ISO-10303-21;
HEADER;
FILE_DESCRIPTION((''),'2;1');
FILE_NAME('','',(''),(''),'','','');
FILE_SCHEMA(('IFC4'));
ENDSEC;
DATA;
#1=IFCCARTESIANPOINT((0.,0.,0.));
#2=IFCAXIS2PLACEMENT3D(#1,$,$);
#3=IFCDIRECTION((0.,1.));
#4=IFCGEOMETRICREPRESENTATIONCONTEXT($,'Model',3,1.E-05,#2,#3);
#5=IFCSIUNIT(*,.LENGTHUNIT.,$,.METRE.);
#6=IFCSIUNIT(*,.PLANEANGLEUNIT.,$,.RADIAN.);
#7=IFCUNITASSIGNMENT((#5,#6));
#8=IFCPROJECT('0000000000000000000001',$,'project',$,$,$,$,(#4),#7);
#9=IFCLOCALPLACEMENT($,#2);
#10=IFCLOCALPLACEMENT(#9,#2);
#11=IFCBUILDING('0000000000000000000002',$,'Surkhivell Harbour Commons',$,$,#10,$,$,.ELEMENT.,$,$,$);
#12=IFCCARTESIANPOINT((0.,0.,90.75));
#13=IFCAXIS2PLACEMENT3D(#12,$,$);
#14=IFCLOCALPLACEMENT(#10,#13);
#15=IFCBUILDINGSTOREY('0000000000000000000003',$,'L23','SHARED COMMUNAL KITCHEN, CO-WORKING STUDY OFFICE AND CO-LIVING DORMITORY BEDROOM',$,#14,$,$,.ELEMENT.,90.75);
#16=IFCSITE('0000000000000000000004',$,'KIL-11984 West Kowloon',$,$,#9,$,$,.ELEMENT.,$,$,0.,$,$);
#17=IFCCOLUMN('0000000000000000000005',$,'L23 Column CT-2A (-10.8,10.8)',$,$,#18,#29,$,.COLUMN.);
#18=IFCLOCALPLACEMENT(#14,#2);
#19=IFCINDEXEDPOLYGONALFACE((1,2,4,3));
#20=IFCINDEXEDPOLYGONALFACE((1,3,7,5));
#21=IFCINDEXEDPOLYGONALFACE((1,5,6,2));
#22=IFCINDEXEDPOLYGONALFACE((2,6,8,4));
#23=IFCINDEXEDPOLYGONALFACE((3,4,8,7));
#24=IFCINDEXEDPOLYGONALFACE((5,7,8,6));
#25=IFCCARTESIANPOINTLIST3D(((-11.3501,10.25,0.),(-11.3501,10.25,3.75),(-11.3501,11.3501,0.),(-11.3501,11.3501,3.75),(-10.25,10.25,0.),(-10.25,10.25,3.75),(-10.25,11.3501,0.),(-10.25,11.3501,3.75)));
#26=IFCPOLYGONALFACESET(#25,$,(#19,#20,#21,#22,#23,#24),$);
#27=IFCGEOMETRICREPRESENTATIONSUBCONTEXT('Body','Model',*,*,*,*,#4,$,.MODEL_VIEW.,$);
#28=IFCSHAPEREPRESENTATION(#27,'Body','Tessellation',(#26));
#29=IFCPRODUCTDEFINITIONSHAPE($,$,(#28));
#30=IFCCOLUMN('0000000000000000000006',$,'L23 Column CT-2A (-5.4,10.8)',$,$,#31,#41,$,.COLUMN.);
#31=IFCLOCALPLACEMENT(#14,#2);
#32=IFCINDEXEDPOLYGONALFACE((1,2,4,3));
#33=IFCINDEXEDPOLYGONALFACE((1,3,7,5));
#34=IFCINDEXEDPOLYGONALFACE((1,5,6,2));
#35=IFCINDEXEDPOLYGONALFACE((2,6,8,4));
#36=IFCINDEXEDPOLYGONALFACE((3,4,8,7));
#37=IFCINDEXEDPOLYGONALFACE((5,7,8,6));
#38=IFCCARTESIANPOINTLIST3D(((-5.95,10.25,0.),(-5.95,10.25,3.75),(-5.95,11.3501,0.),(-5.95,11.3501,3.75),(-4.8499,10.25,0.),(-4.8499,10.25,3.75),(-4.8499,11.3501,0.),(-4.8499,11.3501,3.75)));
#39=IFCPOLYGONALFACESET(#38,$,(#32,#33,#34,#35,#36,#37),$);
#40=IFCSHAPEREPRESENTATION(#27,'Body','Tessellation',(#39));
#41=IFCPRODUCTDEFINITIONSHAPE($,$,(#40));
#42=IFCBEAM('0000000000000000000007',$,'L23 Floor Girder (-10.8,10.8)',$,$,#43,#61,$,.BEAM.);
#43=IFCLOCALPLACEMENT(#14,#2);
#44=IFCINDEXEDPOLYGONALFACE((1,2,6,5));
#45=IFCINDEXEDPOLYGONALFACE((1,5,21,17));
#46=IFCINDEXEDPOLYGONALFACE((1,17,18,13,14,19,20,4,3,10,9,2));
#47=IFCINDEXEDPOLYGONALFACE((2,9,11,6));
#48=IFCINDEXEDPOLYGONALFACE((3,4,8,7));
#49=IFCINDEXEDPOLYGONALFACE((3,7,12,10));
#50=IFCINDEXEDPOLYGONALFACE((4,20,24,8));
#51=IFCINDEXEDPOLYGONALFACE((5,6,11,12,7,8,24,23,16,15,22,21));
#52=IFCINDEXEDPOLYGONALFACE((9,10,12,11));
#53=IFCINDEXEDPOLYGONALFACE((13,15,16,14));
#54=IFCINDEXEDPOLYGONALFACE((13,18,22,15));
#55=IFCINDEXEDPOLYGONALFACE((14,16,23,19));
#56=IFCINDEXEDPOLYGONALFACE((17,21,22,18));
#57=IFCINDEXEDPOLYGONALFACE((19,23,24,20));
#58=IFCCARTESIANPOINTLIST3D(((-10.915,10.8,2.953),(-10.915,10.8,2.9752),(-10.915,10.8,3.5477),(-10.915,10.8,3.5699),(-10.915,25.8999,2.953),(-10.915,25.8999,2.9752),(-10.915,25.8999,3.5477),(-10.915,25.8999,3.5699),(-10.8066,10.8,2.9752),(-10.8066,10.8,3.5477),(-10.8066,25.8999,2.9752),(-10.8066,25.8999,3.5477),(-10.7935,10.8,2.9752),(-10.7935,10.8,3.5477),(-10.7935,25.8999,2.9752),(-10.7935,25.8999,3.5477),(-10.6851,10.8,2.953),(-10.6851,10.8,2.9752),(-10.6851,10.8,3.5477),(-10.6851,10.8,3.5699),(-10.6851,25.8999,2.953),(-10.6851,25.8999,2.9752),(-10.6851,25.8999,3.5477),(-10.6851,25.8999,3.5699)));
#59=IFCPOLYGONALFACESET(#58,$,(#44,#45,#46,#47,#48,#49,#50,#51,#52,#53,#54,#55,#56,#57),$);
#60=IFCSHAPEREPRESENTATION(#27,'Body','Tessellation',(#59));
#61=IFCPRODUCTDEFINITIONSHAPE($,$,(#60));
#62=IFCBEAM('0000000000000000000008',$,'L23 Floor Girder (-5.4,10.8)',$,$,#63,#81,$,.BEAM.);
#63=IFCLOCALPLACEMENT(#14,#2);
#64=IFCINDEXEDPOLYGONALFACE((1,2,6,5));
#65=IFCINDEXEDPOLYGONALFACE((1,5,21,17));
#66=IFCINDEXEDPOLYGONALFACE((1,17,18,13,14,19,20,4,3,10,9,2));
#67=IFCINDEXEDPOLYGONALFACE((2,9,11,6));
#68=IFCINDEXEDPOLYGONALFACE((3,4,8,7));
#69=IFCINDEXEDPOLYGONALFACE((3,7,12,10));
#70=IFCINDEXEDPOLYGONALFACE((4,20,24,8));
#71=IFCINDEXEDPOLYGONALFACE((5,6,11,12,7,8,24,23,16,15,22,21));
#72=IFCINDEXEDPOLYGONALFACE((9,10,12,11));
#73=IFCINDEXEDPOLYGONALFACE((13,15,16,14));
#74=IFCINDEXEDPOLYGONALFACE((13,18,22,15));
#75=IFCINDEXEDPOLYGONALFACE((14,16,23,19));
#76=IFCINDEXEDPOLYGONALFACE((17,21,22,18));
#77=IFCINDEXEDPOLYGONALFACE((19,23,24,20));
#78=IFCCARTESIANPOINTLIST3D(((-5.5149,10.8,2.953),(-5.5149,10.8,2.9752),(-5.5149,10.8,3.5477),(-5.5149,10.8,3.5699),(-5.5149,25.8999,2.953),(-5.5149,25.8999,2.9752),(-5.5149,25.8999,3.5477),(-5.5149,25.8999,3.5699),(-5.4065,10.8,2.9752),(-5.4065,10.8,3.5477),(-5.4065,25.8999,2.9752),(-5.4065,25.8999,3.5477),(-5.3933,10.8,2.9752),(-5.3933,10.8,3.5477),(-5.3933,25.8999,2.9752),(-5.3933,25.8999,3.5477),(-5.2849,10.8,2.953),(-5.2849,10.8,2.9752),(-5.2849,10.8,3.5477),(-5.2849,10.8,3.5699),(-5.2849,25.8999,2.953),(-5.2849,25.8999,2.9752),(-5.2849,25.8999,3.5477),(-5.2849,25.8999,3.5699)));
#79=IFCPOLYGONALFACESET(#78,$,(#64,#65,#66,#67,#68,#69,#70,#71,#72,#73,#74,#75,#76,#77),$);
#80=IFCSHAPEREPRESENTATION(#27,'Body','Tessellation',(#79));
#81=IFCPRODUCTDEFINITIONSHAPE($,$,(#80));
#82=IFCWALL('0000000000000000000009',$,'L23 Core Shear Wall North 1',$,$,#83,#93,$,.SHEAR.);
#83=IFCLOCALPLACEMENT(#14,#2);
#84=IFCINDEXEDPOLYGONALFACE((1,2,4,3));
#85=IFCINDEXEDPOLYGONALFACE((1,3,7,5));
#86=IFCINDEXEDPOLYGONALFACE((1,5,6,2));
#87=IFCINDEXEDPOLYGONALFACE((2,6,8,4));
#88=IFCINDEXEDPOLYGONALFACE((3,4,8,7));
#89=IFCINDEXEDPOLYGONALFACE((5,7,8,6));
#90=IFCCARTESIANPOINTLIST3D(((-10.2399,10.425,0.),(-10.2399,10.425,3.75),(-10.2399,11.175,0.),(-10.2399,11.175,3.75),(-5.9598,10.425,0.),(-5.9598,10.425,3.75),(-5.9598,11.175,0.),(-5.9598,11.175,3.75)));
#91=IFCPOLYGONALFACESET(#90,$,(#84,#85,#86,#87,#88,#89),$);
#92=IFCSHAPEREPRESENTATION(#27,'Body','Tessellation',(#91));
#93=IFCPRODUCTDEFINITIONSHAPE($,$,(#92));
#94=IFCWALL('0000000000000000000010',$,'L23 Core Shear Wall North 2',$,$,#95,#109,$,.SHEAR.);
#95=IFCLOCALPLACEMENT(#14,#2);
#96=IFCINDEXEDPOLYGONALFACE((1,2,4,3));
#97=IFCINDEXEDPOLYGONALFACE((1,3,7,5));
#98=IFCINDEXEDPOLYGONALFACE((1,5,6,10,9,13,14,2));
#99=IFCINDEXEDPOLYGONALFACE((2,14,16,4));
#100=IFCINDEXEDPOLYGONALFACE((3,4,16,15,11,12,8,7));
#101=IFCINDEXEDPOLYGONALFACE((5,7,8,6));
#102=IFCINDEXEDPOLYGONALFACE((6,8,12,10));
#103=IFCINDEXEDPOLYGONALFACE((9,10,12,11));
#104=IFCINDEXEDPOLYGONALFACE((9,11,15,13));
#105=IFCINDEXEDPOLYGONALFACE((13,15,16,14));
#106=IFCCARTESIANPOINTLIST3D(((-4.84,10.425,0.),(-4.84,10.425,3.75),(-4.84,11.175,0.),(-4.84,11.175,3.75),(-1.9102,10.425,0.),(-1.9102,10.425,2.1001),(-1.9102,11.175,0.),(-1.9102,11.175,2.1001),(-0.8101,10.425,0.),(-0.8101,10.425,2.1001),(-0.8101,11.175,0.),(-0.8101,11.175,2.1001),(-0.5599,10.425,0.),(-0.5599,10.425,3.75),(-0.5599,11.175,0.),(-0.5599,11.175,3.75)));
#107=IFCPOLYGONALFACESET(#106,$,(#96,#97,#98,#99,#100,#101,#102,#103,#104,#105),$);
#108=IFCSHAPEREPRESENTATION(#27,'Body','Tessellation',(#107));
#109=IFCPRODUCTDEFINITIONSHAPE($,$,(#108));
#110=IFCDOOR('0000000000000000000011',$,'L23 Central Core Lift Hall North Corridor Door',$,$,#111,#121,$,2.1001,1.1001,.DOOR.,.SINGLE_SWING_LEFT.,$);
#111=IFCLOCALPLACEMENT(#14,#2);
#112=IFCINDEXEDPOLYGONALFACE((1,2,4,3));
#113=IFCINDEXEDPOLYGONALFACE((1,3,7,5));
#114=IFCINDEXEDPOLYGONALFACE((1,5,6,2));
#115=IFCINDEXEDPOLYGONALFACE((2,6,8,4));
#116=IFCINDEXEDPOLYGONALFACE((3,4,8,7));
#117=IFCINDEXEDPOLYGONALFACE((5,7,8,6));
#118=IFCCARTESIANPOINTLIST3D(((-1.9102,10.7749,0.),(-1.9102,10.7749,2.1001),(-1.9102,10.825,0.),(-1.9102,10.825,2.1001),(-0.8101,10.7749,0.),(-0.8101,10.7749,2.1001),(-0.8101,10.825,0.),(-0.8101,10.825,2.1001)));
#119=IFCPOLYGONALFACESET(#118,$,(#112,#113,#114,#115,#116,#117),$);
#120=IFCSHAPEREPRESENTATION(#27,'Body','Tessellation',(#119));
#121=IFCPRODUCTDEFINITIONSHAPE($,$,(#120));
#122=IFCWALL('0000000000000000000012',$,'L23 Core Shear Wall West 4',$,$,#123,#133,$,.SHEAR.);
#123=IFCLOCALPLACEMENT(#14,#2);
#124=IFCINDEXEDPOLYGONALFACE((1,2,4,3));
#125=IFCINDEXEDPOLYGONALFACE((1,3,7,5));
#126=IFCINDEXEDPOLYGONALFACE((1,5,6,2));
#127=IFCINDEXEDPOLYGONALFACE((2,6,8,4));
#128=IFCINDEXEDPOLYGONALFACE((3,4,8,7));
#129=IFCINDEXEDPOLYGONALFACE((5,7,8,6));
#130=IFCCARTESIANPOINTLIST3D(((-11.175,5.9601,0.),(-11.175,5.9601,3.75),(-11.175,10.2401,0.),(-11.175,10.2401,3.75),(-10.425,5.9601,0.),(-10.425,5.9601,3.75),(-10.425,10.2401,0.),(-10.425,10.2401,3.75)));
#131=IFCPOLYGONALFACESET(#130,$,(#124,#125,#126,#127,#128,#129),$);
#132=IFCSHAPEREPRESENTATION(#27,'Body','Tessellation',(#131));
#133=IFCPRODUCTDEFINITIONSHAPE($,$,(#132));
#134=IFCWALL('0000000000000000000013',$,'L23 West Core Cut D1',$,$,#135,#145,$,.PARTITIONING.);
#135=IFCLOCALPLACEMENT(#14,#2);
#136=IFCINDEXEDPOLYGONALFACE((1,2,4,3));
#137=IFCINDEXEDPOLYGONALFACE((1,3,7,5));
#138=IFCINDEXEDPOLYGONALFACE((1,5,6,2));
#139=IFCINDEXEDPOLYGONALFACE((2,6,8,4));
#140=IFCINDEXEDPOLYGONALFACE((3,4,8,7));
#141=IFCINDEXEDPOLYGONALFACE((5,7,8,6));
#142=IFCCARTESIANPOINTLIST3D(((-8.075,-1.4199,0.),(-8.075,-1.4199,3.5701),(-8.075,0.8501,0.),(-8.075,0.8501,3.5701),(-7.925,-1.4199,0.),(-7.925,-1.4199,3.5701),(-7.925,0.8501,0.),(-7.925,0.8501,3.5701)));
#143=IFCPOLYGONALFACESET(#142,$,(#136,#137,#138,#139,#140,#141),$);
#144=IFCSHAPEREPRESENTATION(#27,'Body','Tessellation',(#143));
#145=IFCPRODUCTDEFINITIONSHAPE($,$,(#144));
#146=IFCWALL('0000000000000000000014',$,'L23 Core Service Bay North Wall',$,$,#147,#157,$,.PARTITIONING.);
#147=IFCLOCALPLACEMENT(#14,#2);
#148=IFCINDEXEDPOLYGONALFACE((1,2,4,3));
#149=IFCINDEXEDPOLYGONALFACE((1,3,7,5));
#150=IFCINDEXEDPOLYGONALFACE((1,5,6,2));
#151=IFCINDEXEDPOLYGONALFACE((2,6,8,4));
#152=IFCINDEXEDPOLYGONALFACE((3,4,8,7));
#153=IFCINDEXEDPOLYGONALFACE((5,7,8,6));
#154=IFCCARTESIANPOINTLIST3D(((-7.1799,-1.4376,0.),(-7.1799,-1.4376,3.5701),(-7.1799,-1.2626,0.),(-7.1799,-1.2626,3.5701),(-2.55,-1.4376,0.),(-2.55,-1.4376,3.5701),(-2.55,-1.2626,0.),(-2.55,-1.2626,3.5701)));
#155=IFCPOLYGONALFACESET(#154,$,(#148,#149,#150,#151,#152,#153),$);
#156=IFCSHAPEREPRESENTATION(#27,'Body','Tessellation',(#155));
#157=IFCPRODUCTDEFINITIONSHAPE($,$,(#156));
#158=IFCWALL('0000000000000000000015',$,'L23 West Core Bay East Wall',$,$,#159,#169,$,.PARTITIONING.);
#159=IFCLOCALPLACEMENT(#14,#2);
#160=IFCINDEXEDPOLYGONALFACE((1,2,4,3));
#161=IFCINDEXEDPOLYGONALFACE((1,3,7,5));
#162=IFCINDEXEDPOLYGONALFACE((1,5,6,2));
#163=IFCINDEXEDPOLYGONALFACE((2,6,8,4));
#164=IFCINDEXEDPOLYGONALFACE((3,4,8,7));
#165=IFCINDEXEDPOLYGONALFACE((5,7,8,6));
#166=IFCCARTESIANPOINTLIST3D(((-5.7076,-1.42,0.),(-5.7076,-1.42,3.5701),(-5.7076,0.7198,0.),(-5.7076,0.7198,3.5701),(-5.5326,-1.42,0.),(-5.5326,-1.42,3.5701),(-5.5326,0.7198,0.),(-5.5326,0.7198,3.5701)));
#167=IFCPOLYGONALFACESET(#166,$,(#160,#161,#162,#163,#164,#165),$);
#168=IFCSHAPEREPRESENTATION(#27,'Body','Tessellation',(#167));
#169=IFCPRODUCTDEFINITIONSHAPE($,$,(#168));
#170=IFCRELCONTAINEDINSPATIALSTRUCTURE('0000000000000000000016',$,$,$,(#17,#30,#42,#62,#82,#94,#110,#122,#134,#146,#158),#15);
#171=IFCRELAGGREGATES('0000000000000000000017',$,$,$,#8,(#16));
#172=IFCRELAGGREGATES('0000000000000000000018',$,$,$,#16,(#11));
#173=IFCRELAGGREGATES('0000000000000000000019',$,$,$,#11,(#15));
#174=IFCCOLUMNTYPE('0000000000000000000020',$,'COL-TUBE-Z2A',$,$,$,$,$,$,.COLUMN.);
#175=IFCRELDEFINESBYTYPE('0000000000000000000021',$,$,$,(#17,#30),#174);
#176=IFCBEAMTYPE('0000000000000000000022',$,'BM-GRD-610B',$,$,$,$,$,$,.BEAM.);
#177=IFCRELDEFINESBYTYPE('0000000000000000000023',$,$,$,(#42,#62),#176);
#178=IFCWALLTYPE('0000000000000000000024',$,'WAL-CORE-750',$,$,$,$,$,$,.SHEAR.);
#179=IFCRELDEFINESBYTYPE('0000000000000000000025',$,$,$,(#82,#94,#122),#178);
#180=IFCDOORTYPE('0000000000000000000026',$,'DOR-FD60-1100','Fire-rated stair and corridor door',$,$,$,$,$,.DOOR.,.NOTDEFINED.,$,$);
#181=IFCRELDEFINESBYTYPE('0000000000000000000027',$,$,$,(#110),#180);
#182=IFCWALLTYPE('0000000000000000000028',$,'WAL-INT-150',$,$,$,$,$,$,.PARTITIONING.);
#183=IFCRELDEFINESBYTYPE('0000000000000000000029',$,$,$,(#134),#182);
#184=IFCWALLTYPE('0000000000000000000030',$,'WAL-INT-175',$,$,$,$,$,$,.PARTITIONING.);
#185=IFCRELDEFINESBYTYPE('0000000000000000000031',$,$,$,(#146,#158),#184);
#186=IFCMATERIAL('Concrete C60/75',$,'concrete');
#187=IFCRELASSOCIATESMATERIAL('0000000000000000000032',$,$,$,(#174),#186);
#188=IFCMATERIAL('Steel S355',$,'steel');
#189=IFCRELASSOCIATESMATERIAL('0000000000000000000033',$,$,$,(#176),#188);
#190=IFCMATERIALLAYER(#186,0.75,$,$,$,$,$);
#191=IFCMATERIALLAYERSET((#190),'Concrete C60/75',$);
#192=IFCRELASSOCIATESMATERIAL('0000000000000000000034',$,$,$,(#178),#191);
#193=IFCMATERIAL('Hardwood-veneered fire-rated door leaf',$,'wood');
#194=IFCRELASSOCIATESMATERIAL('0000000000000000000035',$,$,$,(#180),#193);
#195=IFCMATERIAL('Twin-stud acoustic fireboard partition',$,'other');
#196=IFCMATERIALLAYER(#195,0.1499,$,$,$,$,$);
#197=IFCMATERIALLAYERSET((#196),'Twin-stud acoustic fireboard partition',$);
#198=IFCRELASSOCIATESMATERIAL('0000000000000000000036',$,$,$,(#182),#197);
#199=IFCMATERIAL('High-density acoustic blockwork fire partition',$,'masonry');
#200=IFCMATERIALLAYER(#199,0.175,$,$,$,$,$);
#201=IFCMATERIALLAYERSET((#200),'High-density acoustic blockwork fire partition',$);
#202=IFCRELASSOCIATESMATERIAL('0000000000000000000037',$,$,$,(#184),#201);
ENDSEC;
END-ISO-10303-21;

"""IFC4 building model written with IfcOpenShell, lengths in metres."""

from ifc_helpers import new_model, si_unit, direction, frame, frame_2d, origin, origin_2d, place, context, subcontext, project, spatial, rectangle, i_section, extrude, material, layer, layer_set, material_profile, profile_set, type_object, element, fill, save


model = new_model("IFC4")

# Units and contexts
model_context = context("Model", 3, precision=1e-05, world=origin(), true_north=direction((0.0, 1.0)))
body_context = subcontext(model_context, "Body", "Model", "MODEL_VIEW")
ifc_project = project(units=[si_unit("LENGTHUNIT", "METRE"), si_unit("PLANEANGLEUNIT", "RADIAN")], contexts=[model_context])

# Site, building, storey
site_placement = place(None, origin())
site = spatial("IfcSite", under=ifc_project, at=site_placement, Name="KIL-11984 West Kowloon", CompositionType="ELEMENT", RefElevation=0.0)
building_placement = place(site_placement, origin())
building = spatial("IfcBuilding", under=site, at=building_placement, Name="Surkhivell Harbour Commons", CompositionType="ELEMENT")
storey_placement = place(building_placement, frame((0.0, 0.0, 90.75)))
storey = spatial("IfcBuildingStorey", under=building, at=storey_placement, Name="L23", Description="SHARED COMMUNAL KITCHEN, CO-WORKING STUDY OFFICE AND CO-LIVING DORMITORY BEDROOM", CompositionType="ELEMENT", Elevation=90.75)

# Columns
ifc_material_1 = material(Name="Concrete C60/75", Category="concrete")
ifc_material_profile_1 = material_profile(ifc_material_1, rectangle(XDim=1.1001, YDim=1.1001, at=origin_2d()), Name="RC-COL-1100x1100")
ifc_profile_set_1 = profile_set([ifc_material_profile_1], Name="Concrete C60/75")
column_type = type_object("IfcColumnType", Name="COL-TUBE-Z2A", PredefinedType="COLUMN", material=ifc_profile_set_1)
for number, where, z_axis, x_axis, name in (
    (1, (-10.8, 10.8, 0.0), (0.0, 0.0, 1.0), (1.0, 0.0, 0.0), "L23 Column CT-2A (-10.8,10.8)"),
    (2, (-5.3999, 10.8, 0.0), (0.0, 0.0, 1.0), (1.0, 0.0, 0.0), "L23 Column CT-2A (-5.4,10.8)"),
):
    element("IfcColumn", number, at=place(storey_placement, frame(where, z_axis=z_axis, x_axis=x_axis)), inside=storey, type_object=column_type, Name=name, PredefinedType="COLUMN", context=body_context, shape_type="SweptSolid", body=[
        extrude(rectangle(XDim=1.1001, YDim=1.1001, at=origin_2d()), origin(), (0.0, 0.0, 1.0), 3.75),
    ])

# Beams
ifc_material_2 = material(Name="Steel S355", Category="steel")
ifc_material_profile_2 = material_profile(ifc_material_2, i_section(OverallWidth=0.23, OverallDepth=0.6169, WebThickness=0.0132, FlangeThickness=0.0222, at=origin_2d()), Name="UB610x229x140")
ifc_profile_set_2 = profile_set([ifc_material_profile_2], Name="Steel S355")
beam_type = type_object("IfcBeamType", Name="BM-GRD-610B", PredefinedType="BEAM", material=ifc_profile_set_2)
for number, where, z_axis, x_axis, name in (
    (3, (-10.8, 10.8, 3.2615), (0.0, 1.0, 0.0), (-1.0, 0.0, 0.0), "L23 Floor Girder (-10.8,10.8)"),
    (4, (-5.3999, 10.8, 3.2615), (0.0, 1.0, 0.0), (-1.0, 0.0, 0.0), "L23 Floor Girder (-5.4,10.8)"),
):
    element("IfcBeam", number, at=place(storey_placement, frame(where, z_axis=z_axis, x_axis=x_axis)), inside=storey, type_object=beam_type, Name=name, PredefinedType="BEAM", context=body_context, shape_type="SweptSolid", body=[
        extrude(i_section(OverallWidth=0.23, OverallDepth=0.6169, WebThickness=0.0132, FlangeThickness=0.0222, at=origin_2d()), origin(), (0.0, 0.0, 1.0), 15.0999),
    ])

# Wall
ifc_layer_1 = layer(ifc_material_1, 0.75)
ifc_layer_set_1 = layer_set([ifc_layer_1], Name="Concrete C60/75")
wall_type_1 = type_object("IfcWallType", Name="WAL-CORE-750", PredefinedType="SHEAR", material=ifc_layer_set_1)
wall_1_placement = place(storey_placement, frame((-10.24, 10.8, 0.0), z_axis=(0.0, 0.0, 1.0), x_axis=(1.0, 0.0, 0.0)))
element("IfcWall", 5, at=wall_1_placement, inside=storey, type_object=wall_type_1, Name="L23 Core Shear Wall North 1", PredefinedType="SHEAR", context=body_context, shape_type="SweptSolid", body=[
    extrude(rectangle(XDim=4.28, YDim=0.75, at=frame_2d((2.1401, 0.0))), origin(), (0.0, 0.0, 1.0), 3.75),
])

# Wall, opening, door
wall_2_placement = place(storey_placement, frame((-4.8401, 10.8, 0.0), z_axis=(0.0, 0.0, 1.0), x_axis=(1.0, 0.0, 0.0)))
wall_2 = element("IfcWall", 6, at=wall_2_placement, inside=storey, type_object=wall_type_1, Name="L23 Core Shear Wall North 2", PredefinedType="SHEAR", context=body_context, shape_type="SweptSolid", body=[
    extrude(rectangle(XDim=4.28, YDim=0.75, at=frame_2d((2.1401, 0.0))), origin(), (0.0, 0.0, 1.0), 3.75),
])
opening_1_placement = place(wall_2_placement, frame((2.9299, 0.0, 0.0)))
opening_1 = element("IfcOpeningElement", 7, at=opening_1_placement, cuts=wall_2, PredefinedType="OPENING", context=body_context, shape_type="SweptSolid", body=[
    extrude(rectangle(XDim=1.1001, YDim=2.1001, at=frame_2d((0.55, 1.05))), frame((0.0, 0.385, 0.0), z_axis=(0.0, -1.0, 0.0), x_axis=(1.0, 0.0, 0.0)), (0.0, 0.0, 1.0), 0.77),
])
ifc_material_3 = material(Name="Hardwood-veneered fire-rated door leaf", Category="wood")
door_type_1 = type_object("IfcDoorType", Name="DOR-FD60-1100", Description="Fire-rated stair and corridor door", OperationType="NOTDEFINED", PredefinedType="DOOR", material=ifc_material_3)
door_1_placement = place(opening_1_placement, origin())
door_1 = element("IfcDoor", 8, at=door_1_placement, inside=storey, type_object=door_type_1, Name="L23 Central Core Lift Hall North Corridor Door", OperationType="SINGLE_SWING_LEFT", OverallHeight=2.1001, OverallWidth=1.1001, PredefinedType="DOOR", context=body_context, shape_type="SweptSolid", body=[
    extrude(rectangle(XDim=1.1001, YDim=2.1001, at=frame_2d((0.55, 1.05))), frame((0.0, 0.0249, 0.0), z_axis=(0.0, -1.0, 0.0), x_axis=(1.0, 0.0, 0.0)), (0.0, 0.0, 1.0), 0.05),
])
fill(opening_1, door_1)

# Walls
wall_3_placement = place(storey_placement, frame((-10.8, 5.96, 0.0), z_axis=(0.0, 0.0, 1.0), x_axis=(0.0, 1.0, 0.0)))
element("IfcWall", 9, at=wall_3_placement, inside=storey, type_object=wall_type_1, Name="L23 Core Shear Wall West 4", PredefinedType="SHEAR", context=body_context, shape_type="SweptSolid", body=[
    extrude(rectangle(XDim=4.28, YDim=0.75, at=frame_2d((2.1401, 0.0))), origin(), (0.0, 0.0, 1.0), 3.75),
])
ifc_material_4 = material(Name="Twin-stud acoustic fireboard partition", Category="other")
ifc_layer_2 = layer(ifc_material_4, 0.1499)
ifc_layer_set_2 = layer_set([ifc_layer_2], Name="Twin-stud acoustic fireboard partition")
wall_type_2 = type_object("IfcWallType", Name="WAL-INT-150", PredefinedType="PARTITIONING", material=ifc_layer_set_2)
wall_4_placement = place(storey_placement, frame((-8.0, -1.4199, 0.0), z_axis=(0.0, 0.0, 1.0), x_axis=(0.0, 1.0, 0.0)))
element("IfcWall", 10, at=wall_4_placement, inside=storey, type_object=wall_type_2, Name="L23 West Core Cut D1", PredefinedType="PARTITIONING", context=body_context, shape_type="SweptSolid", body=[
    extrude(rectangle(XDim=2.27, YDim=0.1499, at=frame_2d((1.135, 0.0))), origin(), (0.0, 0.0, 1.0), 3.5701),
])
ifc_material_5 = material(Name="High-density acoustic blockwork fire partition", Category="masonry")
ifc_layer_3 = layer(ifc_material_5, 0.175)
ifc_layer_set_3 = layer_set([ifc_layer_3], Name="High-density acoustic blockwork fire partition")
wall_type_3 = type_object("IfcWallType", Name="WAL-INT-175", PredefinedType="PARTITIONING", material=ifc_layer_set_3)
wall_5_placement = place(storey_placement, frame((-7.1799, -1.3501, 0.0), z_axis=(0.0, 0.0, 1.0), x_axis=(1.0, 0.0, 0.0)))
element("IfcWall", 11, at=wall_5_placement, inside=storey, type_object=wall_type_3, Name="L23 Core Service Bay North Wall", PredefinedType="PARTITIONING", context=body_context, shape_type="SweptSolid", body=[
    extrude(rectangle(XDim=4.6299, YDim=0.175, at=frame_2d((2.3149, 0.0))), origin(), (0.0, 0.0, 1.0), 3.5701),
])
wall_6_placement = place(storey_placement, frame((-5.6201, -1.4199, 0.0), z_axis=(0.0, 0.0, 1.0), x_axis=(0.0, 1.0, 0.0)))
element("IfcWall", 12, at=wall_6_placement, inside=storey, type_object=wall_type_3, Name="L23 West Core Bay East Wall", PredefinedType="PARTITIONING", context=body_context, shape_type="SweptSolid", body=[
    extrude(rectangle(XDim=2.1399, YDim=0.175, at=frame_2d((1.0698, 0.0))), origin(), (0.0, 0.0, 1.0), 3.5701),
])

save(model, "model.ifc")
